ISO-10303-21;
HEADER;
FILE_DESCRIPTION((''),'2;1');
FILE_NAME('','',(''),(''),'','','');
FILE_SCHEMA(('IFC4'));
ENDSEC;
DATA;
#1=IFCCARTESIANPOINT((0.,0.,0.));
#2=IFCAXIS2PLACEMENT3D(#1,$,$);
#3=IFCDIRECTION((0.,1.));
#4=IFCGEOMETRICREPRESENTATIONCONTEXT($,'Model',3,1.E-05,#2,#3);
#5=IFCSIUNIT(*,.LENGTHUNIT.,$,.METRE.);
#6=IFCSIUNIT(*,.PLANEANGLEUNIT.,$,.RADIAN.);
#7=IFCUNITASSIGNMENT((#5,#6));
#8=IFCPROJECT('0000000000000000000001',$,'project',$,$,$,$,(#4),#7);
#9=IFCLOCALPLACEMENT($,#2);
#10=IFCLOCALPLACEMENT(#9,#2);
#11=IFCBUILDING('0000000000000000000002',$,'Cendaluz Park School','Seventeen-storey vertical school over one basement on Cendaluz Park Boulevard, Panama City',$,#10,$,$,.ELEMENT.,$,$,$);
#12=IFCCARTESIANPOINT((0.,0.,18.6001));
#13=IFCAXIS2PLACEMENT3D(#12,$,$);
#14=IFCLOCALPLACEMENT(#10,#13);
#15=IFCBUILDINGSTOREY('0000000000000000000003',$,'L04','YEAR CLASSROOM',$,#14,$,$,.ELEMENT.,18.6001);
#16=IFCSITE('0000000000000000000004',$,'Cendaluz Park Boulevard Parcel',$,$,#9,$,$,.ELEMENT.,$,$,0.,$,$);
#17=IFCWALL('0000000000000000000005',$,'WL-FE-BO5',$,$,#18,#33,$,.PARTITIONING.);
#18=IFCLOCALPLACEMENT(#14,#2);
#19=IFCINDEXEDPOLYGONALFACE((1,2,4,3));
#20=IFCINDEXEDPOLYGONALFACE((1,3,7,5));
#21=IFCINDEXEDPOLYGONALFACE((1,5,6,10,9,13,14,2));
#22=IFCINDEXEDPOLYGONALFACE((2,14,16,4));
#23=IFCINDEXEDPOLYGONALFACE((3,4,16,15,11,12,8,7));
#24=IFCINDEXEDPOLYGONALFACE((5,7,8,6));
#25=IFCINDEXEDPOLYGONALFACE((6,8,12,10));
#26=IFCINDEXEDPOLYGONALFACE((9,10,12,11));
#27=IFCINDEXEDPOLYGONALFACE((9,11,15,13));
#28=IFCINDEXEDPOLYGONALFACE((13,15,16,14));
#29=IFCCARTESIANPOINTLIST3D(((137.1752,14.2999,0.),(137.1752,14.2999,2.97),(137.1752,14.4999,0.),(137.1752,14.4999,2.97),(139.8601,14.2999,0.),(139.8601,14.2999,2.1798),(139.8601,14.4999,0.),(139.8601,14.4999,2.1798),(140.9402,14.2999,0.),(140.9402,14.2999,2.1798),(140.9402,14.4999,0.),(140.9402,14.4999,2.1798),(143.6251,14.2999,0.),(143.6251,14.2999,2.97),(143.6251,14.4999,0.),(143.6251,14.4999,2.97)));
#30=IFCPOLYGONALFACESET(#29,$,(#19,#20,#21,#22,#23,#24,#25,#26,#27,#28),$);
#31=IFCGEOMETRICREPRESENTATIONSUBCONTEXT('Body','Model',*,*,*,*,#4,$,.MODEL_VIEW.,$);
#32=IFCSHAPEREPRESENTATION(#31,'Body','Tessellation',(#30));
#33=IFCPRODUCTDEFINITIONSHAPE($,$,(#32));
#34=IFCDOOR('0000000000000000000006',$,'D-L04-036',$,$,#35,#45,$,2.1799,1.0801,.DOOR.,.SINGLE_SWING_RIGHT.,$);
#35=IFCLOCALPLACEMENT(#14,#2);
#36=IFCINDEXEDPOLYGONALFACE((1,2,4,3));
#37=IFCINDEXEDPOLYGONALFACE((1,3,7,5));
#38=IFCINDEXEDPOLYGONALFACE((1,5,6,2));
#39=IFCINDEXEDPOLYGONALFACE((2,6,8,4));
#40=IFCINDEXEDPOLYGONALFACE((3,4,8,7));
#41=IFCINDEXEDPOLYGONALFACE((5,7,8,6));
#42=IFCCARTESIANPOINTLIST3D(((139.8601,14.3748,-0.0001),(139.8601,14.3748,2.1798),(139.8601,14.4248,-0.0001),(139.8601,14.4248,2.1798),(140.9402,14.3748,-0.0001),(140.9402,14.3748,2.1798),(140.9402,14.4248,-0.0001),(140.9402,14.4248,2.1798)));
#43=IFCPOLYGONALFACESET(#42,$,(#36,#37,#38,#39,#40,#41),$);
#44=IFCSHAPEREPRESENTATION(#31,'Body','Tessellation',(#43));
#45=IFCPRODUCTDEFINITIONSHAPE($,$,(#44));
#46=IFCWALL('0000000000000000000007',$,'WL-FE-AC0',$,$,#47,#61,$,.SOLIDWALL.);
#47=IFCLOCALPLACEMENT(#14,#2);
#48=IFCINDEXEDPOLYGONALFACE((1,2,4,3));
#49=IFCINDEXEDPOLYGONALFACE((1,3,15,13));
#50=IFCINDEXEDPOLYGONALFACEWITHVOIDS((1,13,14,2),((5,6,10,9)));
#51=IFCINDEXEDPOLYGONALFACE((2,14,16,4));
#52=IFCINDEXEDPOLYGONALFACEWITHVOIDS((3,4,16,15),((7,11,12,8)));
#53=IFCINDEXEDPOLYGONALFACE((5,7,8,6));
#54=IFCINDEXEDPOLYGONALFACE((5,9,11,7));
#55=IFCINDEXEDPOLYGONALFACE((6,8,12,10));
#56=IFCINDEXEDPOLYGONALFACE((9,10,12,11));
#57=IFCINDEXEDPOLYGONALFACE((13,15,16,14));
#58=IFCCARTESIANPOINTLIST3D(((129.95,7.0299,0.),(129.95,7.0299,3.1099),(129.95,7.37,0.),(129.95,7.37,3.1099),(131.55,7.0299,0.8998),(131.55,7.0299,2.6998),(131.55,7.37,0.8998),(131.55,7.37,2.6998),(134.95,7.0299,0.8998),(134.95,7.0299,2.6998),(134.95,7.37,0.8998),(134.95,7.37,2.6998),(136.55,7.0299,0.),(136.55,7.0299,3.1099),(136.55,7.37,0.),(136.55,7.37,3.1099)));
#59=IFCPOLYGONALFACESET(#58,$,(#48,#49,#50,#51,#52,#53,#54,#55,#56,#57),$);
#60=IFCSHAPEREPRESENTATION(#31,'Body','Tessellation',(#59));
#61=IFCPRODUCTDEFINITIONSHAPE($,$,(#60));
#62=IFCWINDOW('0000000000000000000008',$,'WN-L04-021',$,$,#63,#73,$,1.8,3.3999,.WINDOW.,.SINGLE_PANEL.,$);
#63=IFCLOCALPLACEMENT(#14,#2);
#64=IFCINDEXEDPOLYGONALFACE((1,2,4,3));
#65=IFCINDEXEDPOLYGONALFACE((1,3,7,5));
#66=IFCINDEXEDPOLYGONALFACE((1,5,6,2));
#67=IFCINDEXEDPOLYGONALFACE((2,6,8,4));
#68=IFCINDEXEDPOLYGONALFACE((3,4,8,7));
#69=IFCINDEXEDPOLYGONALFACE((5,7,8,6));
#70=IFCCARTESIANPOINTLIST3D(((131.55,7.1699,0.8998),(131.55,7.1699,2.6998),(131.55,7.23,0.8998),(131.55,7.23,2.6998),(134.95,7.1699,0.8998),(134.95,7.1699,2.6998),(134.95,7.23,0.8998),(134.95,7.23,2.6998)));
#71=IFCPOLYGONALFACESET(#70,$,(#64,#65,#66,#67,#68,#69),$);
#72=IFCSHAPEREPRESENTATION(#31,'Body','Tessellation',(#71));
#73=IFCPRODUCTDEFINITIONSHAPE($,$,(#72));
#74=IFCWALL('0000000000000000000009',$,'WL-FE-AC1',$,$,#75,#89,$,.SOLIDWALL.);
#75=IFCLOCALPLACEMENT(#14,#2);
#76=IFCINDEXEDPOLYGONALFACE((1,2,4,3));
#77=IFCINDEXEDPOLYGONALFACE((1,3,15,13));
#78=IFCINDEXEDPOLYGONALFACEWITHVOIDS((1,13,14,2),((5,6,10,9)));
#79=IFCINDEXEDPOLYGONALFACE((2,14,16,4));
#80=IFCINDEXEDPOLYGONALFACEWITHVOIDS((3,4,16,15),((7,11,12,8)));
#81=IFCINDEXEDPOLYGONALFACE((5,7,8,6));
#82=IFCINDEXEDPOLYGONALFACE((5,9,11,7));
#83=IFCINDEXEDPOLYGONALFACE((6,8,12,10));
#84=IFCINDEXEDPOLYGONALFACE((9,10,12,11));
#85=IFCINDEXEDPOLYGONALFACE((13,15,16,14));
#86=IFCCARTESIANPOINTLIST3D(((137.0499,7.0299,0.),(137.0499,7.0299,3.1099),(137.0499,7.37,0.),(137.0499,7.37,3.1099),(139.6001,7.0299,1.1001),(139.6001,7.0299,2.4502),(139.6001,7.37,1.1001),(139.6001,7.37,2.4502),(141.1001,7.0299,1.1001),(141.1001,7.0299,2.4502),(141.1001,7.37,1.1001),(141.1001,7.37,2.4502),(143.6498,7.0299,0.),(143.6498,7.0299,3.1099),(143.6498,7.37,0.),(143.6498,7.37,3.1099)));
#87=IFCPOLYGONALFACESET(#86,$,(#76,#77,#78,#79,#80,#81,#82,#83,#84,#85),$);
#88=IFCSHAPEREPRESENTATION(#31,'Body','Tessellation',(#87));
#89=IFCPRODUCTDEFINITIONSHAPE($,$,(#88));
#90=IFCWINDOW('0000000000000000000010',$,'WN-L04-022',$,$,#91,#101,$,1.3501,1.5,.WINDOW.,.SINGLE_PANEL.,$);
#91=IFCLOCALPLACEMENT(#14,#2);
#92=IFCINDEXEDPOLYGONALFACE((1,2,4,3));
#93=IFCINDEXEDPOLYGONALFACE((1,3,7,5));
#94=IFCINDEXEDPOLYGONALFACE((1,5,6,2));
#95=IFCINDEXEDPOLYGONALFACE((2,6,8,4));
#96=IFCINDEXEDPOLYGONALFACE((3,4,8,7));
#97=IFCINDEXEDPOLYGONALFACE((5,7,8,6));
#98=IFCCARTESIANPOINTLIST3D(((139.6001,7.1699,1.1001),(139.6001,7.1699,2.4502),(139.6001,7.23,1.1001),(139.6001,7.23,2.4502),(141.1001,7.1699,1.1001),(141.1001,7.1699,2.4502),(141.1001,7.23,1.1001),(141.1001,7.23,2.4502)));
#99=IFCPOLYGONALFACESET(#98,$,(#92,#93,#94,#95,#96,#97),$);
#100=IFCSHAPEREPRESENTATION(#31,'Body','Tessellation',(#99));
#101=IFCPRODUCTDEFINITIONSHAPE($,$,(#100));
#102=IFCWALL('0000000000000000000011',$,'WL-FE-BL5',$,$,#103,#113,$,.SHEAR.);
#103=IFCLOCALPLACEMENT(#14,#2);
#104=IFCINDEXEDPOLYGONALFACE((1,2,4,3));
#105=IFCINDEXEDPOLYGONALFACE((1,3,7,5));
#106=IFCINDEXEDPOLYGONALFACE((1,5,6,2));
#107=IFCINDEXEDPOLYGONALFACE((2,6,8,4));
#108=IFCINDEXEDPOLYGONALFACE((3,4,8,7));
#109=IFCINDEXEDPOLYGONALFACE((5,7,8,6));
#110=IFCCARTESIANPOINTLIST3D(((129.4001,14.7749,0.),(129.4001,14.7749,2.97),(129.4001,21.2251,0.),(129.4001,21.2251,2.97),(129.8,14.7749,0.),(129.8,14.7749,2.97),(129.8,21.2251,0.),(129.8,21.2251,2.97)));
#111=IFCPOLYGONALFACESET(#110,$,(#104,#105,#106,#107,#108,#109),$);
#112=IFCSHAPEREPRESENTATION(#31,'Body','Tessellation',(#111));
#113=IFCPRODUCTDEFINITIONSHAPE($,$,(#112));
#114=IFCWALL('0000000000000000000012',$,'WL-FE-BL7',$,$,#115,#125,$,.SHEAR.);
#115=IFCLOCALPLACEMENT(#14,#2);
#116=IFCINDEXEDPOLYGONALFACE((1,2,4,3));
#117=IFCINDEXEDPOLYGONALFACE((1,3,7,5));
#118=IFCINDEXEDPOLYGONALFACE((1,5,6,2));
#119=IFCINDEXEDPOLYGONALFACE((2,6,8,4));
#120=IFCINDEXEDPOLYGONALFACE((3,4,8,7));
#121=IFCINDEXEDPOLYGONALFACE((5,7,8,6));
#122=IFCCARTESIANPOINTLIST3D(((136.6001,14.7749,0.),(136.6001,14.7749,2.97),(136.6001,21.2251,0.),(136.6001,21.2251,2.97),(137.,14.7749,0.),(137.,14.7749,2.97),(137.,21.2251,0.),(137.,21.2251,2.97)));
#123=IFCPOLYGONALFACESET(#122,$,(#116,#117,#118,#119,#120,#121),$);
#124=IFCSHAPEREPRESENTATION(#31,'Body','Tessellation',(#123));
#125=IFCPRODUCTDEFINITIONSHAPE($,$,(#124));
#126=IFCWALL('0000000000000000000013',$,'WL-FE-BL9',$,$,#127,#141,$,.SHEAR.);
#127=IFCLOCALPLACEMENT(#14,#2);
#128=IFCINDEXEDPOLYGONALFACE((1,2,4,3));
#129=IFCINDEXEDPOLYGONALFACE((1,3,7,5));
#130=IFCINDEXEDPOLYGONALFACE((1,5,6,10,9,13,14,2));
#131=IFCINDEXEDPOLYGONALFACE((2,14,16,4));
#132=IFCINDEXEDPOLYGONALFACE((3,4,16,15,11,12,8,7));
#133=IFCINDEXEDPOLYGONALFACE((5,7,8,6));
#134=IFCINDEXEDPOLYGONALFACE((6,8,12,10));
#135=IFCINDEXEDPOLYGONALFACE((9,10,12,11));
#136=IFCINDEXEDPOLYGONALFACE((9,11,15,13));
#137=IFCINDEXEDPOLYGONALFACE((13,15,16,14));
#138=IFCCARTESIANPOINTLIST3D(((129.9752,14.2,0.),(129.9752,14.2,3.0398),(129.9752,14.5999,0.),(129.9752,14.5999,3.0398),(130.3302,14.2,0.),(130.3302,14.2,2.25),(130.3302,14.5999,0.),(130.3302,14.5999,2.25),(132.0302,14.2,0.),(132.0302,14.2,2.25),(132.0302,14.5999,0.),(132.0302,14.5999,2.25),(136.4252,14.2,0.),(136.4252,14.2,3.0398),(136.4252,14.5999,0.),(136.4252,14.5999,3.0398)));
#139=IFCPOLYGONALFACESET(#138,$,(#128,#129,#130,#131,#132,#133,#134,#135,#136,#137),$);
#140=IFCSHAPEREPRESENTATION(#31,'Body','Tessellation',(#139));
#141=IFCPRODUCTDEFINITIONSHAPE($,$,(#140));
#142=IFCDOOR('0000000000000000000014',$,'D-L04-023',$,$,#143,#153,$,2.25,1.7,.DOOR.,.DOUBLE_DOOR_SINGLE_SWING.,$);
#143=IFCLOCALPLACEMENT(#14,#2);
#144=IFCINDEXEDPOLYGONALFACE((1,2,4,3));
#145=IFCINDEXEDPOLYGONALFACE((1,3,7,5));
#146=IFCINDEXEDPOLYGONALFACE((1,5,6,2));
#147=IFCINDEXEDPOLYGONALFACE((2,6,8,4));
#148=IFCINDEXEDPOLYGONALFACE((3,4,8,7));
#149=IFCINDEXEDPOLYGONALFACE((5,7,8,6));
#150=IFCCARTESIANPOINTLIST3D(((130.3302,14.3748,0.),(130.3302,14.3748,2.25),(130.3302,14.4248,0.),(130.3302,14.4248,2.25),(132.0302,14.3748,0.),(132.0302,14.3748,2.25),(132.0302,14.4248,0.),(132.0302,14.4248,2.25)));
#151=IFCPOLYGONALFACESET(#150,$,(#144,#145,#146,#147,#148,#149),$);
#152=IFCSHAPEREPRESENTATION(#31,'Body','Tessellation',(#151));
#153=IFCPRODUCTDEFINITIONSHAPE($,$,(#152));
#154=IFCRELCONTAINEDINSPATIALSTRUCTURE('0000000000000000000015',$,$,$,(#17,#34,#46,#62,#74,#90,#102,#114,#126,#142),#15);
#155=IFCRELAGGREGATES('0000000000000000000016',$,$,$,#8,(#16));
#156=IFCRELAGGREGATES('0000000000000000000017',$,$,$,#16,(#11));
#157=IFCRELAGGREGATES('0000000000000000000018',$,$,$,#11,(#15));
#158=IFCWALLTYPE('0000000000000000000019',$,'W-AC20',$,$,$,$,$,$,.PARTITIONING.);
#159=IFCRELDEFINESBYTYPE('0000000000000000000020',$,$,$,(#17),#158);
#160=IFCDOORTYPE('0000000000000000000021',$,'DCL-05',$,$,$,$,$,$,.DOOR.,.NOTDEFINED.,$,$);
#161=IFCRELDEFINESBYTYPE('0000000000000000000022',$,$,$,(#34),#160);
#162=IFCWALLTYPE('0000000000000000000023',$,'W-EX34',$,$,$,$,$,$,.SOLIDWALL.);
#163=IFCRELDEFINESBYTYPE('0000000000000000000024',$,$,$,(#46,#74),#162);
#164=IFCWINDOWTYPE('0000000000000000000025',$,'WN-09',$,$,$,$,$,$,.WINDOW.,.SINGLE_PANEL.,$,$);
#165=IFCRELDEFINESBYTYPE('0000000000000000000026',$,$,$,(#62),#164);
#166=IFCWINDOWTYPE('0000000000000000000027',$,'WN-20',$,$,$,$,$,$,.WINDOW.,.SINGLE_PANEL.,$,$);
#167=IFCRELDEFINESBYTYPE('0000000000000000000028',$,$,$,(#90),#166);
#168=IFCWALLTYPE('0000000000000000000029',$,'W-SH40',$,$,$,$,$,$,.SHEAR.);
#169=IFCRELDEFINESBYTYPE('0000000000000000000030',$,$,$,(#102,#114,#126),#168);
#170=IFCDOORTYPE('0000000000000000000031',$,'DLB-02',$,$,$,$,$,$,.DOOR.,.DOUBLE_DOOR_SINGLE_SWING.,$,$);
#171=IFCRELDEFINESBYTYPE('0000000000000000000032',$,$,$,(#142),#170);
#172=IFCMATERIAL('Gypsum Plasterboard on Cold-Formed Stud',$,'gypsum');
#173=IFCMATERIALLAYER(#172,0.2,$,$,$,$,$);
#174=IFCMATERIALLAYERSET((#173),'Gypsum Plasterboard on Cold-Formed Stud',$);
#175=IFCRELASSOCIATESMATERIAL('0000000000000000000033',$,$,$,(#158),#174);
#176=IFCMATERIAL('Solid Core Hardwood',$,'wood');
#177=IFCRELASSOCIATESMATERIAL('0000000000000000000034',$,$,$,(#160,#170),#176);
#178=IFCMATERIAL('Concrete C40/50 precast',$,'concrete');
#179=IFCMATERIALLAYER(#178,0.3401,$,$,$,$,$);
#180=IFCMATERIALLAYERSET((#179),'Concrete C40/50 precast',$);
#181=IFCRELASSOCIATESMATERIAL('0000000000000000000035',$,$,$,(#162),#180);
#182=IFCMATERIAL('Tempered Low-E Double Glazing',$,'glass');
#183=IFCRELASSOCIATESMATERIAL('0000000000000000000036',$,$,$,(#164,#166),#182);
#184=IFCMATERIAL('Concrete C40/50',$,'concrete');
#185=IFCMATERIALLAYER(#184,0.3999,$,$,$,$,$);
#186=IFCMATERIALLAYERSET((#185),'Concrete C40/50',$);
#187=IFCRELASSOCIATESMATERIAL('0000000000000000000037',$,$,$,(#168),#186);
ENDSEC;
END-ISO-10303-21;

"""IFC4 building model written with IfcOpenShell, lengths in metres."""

from ifc_helpers import new_model, si_unit, direction, frame, frame_2d, origin, place, context, subcontext, project, spatial, rectangle, extrude, material, layer, layer_set, type_object, element, fill, save


model = new_model("IFC4")

# Units and contexts
model_context = context("Model", 3, precision=1e-05, world=origin(), true_north=direction((0.0, 1.0)))
body_context = subcontext(model_context, "Body", "Model", "MODEL_VIEW")
ifc_project = project(units=[si_unit("LENGTHUNIT", "METRE"), si_unit("PLANEANGLEUNIT", "RADIAN")], contexts=[model_context])

# Site, building, storey
site_placement = place(None, origin())
site = spatial("IfcSite", under=ifc_project, at=site_placement, Name="Cendaluz Park Boulevard Parcel", CompositionType="ELEMENT", RefElevation=0.0)
building_placement = place(site_placement, origin())
building = spatial("IfcBuilding", under=site, at=building_placement, Name="Cendaluz Park School", Description="Seventeen-storey vertical school over one basement on Cendaluz Park Boulevard, Panama City", CompositionType="ELEMENT")
storey_placement = place(building_placement, frame((0.0, 0.0, 18.6001)))
storey = spatial("IfcBuildingStorey", under=building, at=storey_placement, Name="L04", Description="YEAR CLASSROOM", CompositionType="ELEMENT", Elevation=18.6001)

# Shared definitions
ifc_material_1 = material(Name="Concrete C40/50", Category="concrete")

# Wall, opening, door
ifc_material_2 = material(Name="Gypsum Plasterboard on Cold-Formed Stud", Category="gypsum")
ifc_layer_1 = layer(ifc_material_2, 0.2)
ifc_layer_set_1 = layer_set([ifc_layer_1], Name="Gypsum Plasterboard on Cold-Formed Stud")
wall_type_1 = type_object("IfcWallType", Name="W-AC20", PredefinedType="PARTITIONING", material=ifc_layer_set_1)
wall_1_placement = place(storey_placement, frame((137.175, 14.3999, 0.0), z_axis=(0.0, 0.0, 1.0), x_axis=(1.0, 0.0, 0.0)))
wall_1 = element("IfcWall", 1, at=wall_1_placement, inside=storey, type_object=wall_type_1, Name="WL-FE-BO5", PredefinedType="PARTITIONING", context=body_context, shape_type="SweptSolid", body=[
    extrude(rectangle(XDim=6.45, YDim=0.2, at=frame_2d((3.2251, 0.0))), origin(), (0.0, 0.0, 1.0), 2.97),
])
opening_1_placement = place(wall_1_placement, frame((2.6851, 0.0, 0.0)))
opening_1 = element("IfcOpeningElement", 2, at=opening_1_placement, cuts=wall_1, PredefinedType="OPENING", context=body_context, shape_type="SweptSolid", body=[
    extrude(rectangle(XDim=1.0801, YDim=2.1799, at=frame_2d((0.54, 1.0898))), frame((0.0, 0.1121, 0.0), z_axis=(0.0, -1.0, 0.0), x_axis=(1.0, 0.0, 0.0)), (0.0, 0.0, 1.0), 0.2239),
])
ifc_material_3 = material(Name="Solid Core Hardwood", Category="wood")
door_type_1 = type_object("IfcDoorType", Name="DCL-05", OperationType="NOTDEFINED", PredefinedType="DOOR", material=ifc_material_3)
door_1_placement = place(opening_1_placement, origin())
door_1 = element("IfcDoor", 3, at=door_1_placement, inside=storey, type_object=door_type_1, Name="D-L04-036", OperationType="SINGLE_SWING_RIGHT", OverallHeight=2.1799, OverallWidth=1.0801, PredefinedType="DOOR", context=body_context, shape_type="SweptSolid", body=[
    extrude(rectangle(XDim=1.0801, YDim=2.1799, at=frame_2d((0.54, 1.0898))), frame((0.0, 0.0249, 0.0), z_axis=(0.0, -1.0, 0.0), x_axis=(1.0, 0.0, 0.0)), (0.0, 0.0, 1.0), 0.05),
])
fill(opening_1, door_1)

# Walls, openings, windows
ifc_material_4 = material(Name="Concrete C40/50 precast", Category="concrete")
ifc_layer_2 = layer(ifc_material_4, 0.3401)
ifc_layer_set_2 = layer_set([ifc_layer_2], Name="Concrete C40/50 precast")
wall_type_2 = type_object("IfcWallType", Name="W-EX34", PredefinedType="SOLIDWALL", material=ifc_layer_set_2)
wall_2_placement = place(storey_placement, frame((129.95, 7.2, 0.0), z_axis=(0.0, 0.0, 1.0), x_axis=(1.0, 0.0, 0.0)))
wall_2 = element("IfcWall", 4, at=wall_2_placement, inside=storey, type_object=wall_type_2, Name="WL-FE-AC0", PredefinedType="SOLIDWALL", context=body_context, shape_type="SweptSolid", body=[
    extrude(rectangle(XDim=6.6001, YDim=0.3401, at=frame_2d((3.3, 0.0))), origin(), (0.0, 0.0, 1.0), 3.1099),
])
opening_2_placement = place(wall_2_placement, frame((1.6001, 0.0, 0.8999)))
opening_2 = element("IfcOpeningElement", 5, at=opening_2_placement, cuts=wall_2, PredefinedType="OPENING", context=body_context, shape_type="SweptSolid", body=[
    extrude(rectangle(XDim=3.3999, YDim=1.8, at=frame_2d((1.7, 0.8999))), frame((0.0, 0.1821, 0.0), z_axis=(0.0, -1.0, 0.0), x_axis=(1.0, 0.0, 0.0)), (0.0, 0.0, 1.0), 0.364),
])
ifc_material_5 = material(Name="Tempered Low-E Double Glazing", Category="glass")
window_type_1 = type_object("IfcWindowType", Name="WN-09", PartitioningType="SINGLE_PANEL", PredefinedType="WINDOW", material=ifc_material_5)
window_1_placement = place(opening_2_placement, origin())
window_1 = element("IfcWindow", 6, at=window_1_placement, inside=storey, type_object=window_type_1, Name="WN-L04-021", OverallHeight=1.8, OverallWidth=3.3999, PartitioningType="SINGLE_PANEL", PredefinedType="WINDOW", context=body_context, shape_type="SweptSolid", body=[
    extrude(rectangle(XDim=3.3999, YDim=1.8, at=frame_2d((1.7, 0.8999))), frame((0.0, 0.03, 0.0), z_axis=(0.0, -1.0, 0.0), x_axis=(1.0, 0.0, 0.0)), (0.0, 0.0, 1.0), 0.0601),
])
fill(opening_2, window_1)
wall_3_placement = place(storey_placement, frame((137.05, 7.2, 0.0), z_axis=(0.0, 0.0, 1.0), x_axis=(1.0, 0.0, 0.0)))
wall_3 = element("IfcWall", 7, at=wall_3_placement, inside=storey, type_object=wall_type_2, Name="WL-FE-AC1", PredefinedType="SOLIDWALL", context=body_context, shape_type="SweptSolid", body=[
    extrude(rectangle(XDim=6.5999, YDim=0.3401, at=frame_2d((3.2998, 0.0))), origin(), (0.0, 0.0, 1.0), 3.1099),
])
opening_3_placement = place(wall_3_placement, frame((2.55, 0.0, 1.1001)))
opening_3 = element("IfcOpeningElement", 8, at=opening_3_placement, cuts=wall_3, PredefinedType="OPENING", context=body_context, shape_type="SweptSolid", body=[
    extrude(rectangle(XDim=1.5, YDim=1.3501, at=frame_2d((0.75, 0.675))), frame((0.0, 0.1821, 0.0), z_axis=(0.0, -1.0, 0.0), x_axis=(1.0, 0.0, 0.0)), (0.0, 0.0, 1.0), 0.364),
])
window_type_2 = type_object("IfcWindowType", Name="WN-20", PartitioningType="SINGLE_PANEL", PredefinedType="WINDOW", material=ifc_material_5)
window_2_placement = place(opening_3_placement, origin())
window_2 = element("IfcWindow", 9, at=window_2_placement, inside=storey, type_object=window_type_2, Name="WN-L04-022", OverallHeight=1.3501, OverallWidth=1.5, PartitioningType="SINGLE_PANEL", PredefinedType="WINDOW", context=body_context, shape_type="SweptSolid", body=[
    extrude(rectangle(XDim=1.5, YDim=1.3501, at=frame_2d((0.75, 0.675))), frame((0.0, 0.03, 0.0), z_axis=(0.0, -1.0, 0.0), x_axis=(1.0, 0.0, 0.0)), (0.0, 0.0, 1.0), 0.0601),
])
fill(opening_3, window_2)

# Walls
ifc_layer_3 = layer(ifc_material_1, 0.3999)
ifc_layer_set_3 = layer_set([ifc_layer_3], Name="Concrete C40/50")
wall_type_3 = type_object("IfcWallType", Name="W-SH40", PredefinedType="SHEAR", material=ifc_layer_set_3)
for number, where, z_axis, x_axis, name in (
    (10, (129.6001, 14.7749, 0.0), (0.0, 0.0, 1.0), (0.0, 1.0, 0.0), "WL-FE-BL5"),
    (11, (136.8, 14.7749, 0.0), (0.0, 0.0, 1.0), (0.0, 1.0, 0.0), "WL-FE-BL7"),
):
    element("IfcWall", number, at=place(storey_placement, frame(where, z_axis=z_axis, x_axis=x_axis)), inside=storey, type_object=wall_type_3, Name=name, PredefinedType="SHEAR", context=body_context, shape_type="SweptSolid", body=[
        extrude(rectangle(XDim=6.4502, YDim=0.3999, at=frame_2d((3.2251, 0.0))), origin(), (0.0, 0.0, 1.0), 2.97),
    ])

# Wall, opening, door
wall_4_placement = place(storey_placement, frame((129.9751, 14.3999, 0.0), z_axis=(0.0, 0.0, 1.0), x_axis=(1.0, 0.0, 0.0)))
wall_4 = element("IfcWall", 12, at=wall_4_placement, inside=storey, type_object=wall_type_3, Name="WL-FE-BL9", PredefinedType="SHEAR", context=body_context, shape_type="SweptSolid", body=[
    extrude(rectangle(XDim=6.45, YDim=0.3999, at=frame_2d((3.2251, 0.0))), origin(), (0.0, 0.0, 1.0), 3.0398),
])
opening_4_placement = place(wall_4_placement, frame((0.355, 0.0, 0.0)))
opening_4 = element("IfcOpeningElement", 13, at=opening_4_placement, cuts=wall_4, PredefinedType="OPENING", context=body_context, shape_type="SweptSolid", body=[
    extrude(rectangle(XDim=1.7, YDim=2.25, at=frame_2d((0.8501, 1.125))), frame((0.0, 0.2119, 0.0), z_axis=(0.0, -1.0, 0.0), x_axis=(1.0, 0.0, 0.0)), (0.0, 0.0, 1.0), 0.4238),
])
door_type_2 = type_object("IfcDoorType", Name="DLB-02", OperationType="DOUBLE_DOOR_SINGLE_SWING", PredefinedType="DOOR", material=ifc_material_3)
door_2_placement = place(opening_4_placement, origin())
door_2 = element("IfcDoor", 14, at=door_2_placement, inside=storey, type_object=door_type_2, Name="D-L04-023", OperationType="DOUBLE_DOOR_SINGLE_SWING", OverallHeight=2.25, OverallWidth=1.7, PredefinedType="DOOR", context=body_context, shape_type="SweptSolid", body=[
    extrude(rectangle(XDim=1.7, YDim=2.25, at=frame_2d((0.8501, 1.125))), frame((0.0, 0.0249, 0.0), z_axis=(0.0, -1.0, 0.0), x_axis=(1.0, 0.0, 0.0)), (0.0, 0.0, 1.0), 0.05),
])
fill(opening_4, door_2)

save(model, "model.ifc")
